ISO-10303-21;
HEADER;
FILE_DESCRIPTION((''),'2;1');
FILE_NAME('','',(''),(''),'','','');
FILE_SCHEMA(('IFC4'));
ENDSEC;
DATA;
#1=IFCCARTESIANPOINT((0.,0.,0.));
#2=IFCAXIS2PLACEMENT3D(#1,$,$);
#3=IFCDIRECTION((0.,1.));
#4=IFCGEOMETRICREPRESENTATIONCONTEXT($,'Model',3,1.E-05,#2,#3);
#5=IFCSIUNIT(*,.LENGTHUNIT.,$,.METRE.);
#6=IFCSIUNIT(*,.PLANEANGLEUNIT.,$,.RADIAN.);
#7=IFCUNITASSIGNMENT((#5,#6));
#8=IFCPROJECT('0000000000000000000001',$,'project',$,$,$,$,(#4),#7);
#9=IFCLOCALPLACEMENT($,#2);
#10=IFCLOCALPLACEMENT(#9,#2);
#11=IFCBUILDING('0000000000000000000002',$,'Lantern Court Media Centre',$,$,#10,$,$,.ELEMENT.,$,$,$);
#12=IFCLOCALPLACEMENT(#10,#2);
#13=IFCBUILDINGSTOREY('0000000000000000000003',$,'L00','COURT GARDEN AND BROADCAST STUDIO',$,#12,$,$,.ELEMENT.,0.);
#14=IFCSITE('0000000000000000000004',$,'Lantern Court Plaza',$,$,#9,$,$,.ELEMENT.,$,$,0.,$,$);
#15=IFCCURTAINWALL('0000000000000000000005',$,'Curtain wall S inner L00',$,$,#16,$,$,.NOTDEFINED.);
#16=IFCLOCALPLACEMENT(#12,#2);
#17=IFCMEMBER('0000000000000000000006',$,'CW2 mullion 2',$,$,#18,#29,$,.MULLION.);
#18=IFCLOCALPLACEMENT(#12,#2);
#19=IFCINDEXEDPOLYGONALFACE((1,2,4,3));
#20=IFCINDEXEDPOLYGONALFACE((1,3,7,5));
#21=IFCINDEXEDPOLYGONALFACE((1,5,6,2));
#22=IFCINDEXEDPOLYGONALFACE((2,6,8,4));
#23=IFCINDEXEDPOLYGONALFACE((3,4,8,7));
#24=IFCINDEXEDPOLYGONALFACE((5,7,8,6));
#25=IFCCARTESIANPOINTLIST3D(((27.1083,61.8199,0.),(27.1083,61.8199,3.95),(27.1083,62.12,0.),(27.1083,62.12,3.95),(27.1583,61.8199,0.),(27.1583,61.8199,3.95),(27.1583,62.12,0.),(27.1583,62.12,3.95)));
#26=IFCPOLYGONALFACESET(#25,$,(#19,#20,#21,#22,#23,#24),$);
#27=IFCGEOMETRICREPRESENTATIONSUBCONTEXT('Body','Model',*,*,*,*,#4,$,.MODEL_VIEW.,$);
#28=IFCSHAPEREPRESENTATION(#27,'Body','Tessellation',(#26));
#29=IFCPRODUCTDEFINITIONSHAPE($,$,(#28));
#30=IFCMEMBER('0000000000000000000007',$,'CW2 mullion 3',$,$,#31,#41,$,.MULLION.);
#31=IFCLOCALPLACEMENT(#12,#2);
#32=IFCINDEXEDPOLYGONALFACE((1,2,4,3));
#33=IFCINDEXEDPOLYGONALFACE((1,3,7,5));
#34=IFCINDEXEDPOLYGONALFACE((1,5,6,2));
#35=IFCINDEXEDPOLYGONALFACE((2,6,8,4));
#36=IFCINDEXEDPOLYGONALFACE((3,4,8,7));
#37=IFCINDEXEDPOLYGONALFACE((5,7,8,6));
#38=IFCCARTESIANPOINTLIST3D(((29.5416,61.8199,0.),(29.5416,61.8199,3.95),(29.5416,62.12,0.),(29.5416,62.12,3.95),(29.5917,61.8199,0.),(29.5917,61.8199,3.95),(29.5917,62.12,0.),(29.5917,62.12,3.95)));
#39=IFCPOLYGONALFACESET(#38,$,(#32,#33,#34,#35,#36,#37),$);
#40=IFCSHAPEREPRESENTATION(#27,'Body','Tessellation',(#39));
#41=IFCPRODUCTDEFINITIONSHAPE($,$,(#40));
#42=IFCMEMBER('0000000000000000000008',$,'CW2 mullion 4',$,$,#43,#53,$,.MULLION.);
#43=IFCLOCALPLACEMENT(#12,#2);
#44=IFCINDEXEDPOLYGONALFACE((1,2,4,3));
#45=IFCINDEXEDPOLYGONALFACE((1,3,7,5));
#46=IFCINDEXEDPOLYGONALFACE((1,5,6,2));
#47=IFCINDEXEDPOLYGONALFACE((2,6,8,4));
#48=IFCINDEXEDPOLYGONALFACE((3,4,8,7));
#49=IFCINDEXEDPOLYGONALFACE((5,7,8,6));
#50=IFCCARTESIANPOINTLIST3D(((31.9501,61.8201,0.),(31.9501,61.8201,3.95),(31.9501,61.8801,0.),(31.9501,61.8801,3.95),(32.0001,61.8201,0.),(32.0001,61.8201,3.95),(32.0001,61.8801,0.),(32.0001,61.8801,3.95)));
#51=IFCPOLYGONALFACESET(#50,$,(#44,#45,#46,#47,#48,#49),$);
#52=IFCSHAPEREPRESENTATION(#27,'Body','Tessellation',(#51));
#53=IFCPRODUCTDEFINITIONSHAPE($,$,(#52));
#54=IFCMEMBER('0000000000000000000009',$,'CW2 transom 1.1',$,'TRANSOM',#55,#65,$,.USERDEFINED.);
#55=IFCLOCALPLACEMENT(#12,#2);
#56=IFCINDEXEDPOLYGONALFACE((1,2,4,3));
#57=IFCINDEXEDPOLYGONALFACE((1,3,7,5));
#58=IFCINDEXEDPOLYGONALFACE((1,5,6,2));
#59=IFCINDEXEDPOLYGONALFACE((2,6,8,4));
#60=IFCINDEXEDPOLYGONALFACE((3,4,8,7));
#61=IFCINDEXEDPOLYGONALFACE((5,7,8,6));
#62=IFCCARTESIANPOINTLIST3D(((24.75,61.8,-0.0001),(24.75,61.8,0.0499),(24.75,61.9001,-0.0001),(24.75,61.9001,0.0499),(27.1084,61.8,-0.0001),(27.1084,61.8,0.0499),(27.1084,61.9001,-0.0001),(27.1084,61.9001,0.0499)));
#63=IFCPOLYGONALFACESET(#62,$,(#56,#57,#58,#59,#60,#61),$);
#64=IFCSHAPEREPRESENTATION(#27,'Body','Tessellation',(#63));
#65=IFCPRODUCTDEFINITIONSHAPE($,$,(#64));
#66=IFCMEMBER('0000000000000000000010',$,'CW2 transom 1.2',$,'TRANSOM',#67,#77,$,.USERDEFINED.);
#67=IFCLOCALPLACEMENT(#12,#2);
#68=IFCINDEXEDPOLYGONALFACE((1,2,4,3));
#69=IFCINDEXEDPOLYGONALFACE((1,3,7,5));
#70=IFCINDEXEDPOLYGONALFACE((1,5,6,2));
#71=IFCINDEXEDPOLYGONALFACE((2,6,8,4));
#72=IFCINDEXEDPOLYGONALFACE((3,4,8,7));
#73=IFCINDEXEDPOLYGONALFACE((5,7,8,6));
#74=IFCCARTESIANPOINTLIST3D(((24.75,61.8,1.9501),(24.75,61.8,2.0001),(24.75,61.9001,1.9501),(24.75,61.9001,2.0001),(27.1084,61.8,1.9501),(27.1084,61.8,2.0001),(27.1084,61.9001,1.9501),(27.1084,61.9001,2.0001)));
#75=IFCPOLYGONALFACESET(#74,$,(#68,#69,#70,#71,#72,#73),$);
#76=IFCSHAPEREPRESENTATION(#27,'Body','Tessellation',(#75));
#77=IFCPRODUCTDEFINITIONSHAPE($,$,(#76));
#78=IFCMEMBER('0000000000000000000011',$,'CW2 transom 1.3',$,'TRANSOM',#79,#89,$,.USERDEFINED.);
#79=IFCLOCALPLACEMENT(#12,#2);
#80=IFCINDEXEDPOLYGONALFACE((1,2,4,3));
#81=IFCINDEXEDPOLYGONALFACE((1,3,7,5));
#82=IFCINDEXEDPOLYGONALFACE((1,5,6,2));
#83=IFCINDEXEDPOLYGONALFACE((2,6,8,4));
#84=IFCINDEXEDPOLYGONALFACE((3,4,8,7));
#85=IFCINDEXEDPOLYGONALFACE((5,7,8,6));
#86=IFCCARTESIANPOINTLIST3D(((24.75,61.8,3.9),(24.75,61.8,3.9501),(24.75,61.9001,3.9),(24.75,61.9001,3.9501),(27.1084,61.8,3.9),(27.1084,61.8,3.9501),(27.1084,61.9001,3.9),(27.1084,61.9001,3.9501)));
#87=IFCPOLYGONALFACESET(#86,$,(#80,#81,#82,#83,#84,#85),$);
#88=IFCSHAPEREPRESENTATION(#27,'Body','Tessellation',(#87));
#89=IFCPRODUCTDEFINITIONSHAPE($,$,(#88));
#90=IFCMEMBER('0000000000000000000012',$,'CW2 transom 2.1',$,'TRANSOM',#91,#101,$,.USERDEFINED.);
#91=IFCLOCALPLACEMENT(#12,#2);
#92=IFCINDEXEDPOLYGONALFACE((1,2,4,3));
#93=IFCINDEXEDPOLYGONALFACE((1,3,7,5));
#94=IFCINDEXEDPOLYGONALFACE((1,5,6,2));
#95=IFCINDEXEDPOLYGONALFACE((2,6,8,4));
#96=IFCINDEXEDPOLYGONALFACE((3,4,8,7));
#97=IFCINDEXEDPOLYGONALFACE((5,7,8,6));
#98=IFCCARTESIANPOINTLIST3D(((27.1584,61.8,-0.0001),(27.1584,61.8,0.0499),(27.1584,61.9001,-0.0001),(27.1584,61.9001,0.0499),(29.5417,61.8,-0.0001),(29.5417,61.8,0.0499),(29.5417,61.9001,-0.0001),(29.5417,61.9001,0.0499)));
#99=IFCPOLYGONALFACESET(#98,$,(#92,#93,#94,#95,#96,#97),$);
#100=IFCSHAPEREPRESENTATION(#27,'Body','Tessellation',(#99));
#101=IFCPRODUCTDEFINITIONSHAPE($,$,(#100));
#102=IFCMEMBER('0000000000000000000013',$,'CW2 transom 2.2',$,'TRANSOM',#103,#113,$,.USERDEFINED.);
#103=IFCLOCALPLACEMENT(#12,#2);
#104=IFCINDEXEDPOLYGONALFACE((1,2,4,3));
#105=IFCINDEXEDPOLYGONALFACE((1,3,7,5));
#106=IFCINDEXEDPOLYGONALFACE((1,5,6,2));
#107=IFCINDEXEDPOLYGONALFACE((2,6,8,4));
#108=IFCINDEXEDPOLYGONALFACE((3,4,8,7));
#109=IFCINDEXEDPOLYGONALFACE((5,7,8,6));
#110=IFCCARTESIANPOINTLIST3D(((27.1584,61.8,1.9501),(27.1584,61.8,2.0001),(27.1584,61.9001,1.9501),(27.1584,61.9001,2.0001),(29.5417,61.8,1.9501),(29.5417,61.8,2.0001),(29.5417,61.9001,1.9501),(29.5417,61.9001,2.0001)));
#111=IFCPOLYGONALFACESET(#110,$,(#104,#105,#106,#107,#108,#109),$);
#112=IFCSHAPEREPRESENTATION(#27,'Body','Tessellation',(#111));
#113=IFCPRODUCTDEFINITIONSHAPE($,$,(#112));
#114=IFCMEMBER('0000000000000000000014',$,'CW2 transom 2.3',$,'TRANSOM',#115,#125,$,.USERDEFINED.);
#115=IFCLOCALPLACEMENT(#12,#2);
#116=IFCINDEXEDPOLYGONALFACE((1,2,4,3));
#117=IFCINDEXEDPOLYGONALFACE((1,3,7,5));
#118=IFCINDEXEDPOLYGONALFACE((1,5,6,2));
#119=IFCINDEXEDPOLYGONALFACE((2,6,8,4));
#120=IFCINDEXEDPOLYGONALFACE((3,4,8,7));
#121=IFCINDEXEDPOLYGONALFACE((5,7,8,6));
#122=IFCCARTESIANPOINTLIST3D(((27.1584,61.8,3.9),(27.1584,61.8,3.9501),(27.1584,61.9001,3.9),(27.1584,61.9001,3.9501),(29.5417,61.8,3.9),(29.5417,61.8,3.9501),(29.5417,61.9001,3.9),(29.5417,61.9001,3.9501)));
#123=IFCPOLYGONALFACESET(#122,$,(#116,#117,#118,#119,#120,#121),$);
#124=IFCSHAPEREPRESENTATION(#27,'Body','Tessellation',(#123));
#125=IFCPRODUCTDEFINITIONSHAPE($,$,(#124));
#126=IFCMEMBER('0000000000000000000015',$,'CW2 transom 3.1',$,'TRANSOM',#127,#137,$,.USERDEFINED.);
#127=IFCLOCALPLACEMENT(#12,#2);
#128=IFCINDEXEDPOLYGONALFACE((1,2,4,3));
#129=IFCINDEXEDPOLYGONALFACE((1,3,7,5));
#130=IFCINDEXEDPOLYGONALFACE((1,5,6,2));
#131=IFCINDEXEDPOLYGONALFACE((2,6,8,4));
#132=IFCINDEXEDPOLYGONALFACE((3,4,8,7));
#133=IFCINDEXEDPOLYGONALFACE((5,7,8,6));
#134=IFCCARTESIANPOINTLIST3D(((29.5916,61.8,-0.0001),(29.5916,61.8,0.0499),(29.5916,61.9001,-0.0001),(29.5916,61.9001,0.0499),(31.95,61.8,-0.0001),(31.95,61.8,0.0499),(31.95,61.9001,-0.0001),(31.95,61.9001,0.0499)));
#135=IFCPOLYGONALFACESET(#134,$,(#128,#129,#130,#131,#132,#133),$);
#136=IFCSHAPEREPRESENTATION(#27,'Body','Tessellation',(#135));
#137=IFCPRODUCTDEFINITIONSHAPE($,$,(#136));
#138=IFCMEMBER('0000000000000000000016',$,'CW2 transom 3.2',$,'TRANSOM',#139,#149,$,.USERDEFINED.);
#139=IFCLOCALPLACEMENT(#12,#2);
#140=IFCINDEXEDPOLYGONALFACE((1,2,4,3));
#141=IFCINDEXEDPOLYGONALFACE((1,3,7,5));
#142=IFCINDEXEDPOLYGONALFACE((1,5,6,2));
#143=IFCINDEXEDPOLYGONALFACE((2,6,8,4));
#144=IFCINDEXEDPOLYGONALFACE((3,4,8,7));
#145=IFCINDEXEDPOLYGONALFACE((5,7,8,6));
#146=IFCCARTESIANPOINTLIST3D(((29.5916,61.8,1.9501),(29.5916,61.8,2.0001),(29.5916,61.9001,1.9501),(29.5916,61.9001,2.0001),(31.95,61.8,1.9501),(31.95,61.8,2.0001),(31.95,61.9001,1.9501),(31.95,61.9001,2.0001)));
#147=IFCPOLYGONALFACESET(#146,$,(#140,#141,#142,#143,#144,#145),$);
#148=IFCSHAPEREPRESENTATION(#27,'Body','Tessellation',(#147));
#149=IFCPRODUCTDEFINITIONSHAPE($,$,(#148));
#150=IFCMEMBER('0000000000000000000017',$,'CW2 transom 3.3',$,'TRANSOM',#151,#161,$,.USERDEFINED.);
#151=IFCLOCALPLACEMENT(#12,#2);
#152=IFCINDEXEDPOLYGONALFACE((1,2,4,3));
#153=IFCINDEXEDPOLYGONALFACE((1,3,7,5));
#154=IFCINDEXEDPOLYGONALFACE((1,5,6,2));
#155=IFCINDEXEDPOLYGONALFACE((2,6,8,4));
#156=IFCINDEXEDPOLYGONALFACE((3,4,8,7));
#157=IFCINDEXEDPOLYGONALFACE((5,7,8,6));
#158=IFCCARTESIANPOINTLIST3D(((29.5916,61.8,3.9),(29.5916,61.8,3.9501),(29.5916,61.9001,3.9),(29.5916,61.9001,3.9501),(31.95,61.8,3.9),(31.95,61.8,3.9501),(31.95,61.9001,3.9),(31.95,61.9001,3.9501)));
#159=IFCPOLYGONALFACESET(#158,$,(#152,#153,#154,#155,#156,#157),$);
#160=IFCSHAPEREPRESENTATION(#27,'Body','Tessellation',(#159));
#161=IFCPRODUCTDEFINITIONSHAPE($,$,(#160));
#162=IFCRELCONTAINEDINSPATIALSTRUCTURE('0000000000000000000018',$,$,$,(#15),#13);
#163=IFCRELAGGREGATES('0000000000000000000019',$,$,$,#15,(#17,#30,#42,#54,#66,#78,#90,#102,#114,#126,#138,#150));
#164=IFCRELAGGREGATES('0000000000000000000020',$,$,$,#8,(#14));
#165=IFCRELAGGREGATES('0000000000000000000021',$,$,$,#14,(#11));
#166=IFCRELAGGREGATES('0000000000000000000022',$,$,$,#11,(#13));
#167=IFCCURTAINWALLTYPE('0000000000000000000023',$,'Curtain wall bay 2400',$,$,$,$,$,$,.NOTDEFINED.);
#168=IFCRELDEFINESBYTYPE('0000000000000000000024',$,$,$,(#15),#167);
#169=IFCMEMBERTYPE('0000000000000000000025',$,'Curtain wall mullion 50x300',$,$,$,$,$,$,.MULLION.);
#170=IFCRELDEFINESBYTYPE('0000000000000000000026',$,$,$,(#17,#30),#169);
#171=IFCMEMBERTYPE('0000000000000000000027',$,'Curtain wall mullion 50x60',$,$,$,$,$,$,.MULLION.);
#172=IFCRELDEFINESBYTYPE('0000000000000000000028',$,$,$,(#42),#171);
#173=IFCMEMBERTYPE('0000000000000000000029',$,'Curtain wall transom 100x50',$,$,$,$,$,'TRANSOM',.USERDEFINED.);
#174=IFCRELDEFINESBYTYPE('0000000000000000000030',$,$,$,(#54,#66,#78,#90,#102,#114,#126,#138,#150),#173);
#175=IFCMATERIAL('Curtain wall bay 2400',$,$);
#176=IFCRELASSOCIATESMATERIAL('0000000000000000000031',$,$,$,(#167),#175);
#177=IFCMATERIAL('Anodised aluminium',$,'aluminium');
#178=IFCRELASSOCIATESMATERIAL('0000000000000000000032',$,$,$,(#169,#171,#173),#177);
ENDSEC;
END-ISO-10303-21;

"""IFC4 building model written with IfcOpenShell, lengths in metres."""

from ifc_helpers import new_model, si_unit, direction, frame, origin, origin_2d, place, context, subcontext, project, spatial, rectangle, extrude, material, material_profile, profile_set, type_object, element, aggregate, save


model = new_model("IFC4")

# Units and contexts
model_context = context("Model", 3, precision=1e-05, world=origin(), true_north=direction((0.0, 1.0)))
body_context = subcontext(model_context, "Body", "Model", "MODEL_VIEW")
ifc_project = project(units=[si_unit("LENGTHUNIT", "METRE"), si_unit("PLANEANGLEUNIT", "RADIAN")], contexts=[model_context])

# Site, building, storey
site_placement = place(None, origin())
site = spatial("IfcSite", under=ifc_project, at=site_placement, Name="Lantern Court Plaza", CompositionType="ELEMENT", RefElevation=0.0)
building_placement = place(site_placement, origin())
building = spatial("IfcBuilding", under=site, at=building_placement, Name="Lantern Court Media Centre", CompositionType="ELEMENT")
storey_placement = place(building_placement, origin())
storey = spatial("IfcBuildingStorey", under=building, at=storey_placement, Name="L00", Description="COURT GARDEN AND BROADCAST STUDIO", CompositionType="ELEMENT", Elevation=0.0)

# Curtain wall, members
ifc_material_1 = material(Name="Curtain wall bay 2400")
curtain_wall_type = type_object("IfcCurtainWallType", Name="Curtain wall bay 2400", PredefinedType="NOTDEFINED", material=ifc_material_1)
curtain_wall_placement = place(storey_placement, origin())
curtain_wall = element("IfcCurtainWall", 1, at=curtain_wall_placement, inside=storey, type_object=curtain_wall_type, Name="Curtain wall S inner L00", PredefinedType="NOTDEFINED")
ifc_material_2 = material(Name="Anodised aluminium", Category="aluminium")
ifc_material_profile_1 = material_profile(ifc_material_2, rectangle(XDim=0.3, YDim=0.05, at=origin_2d()), Name="AL 50x300")
ifc_profile_set_1 = profile_set([ifc_material_profile_1], Name="Anodised aluminium")
member_type_1 = type_object("IfcMemberType", Name="Curtain wall mullion 50x300", PredefinedType="MULLION", material=ifc_profile_set_1)
member_1_placement = place(storey_placement, frame((27.1333, 61.97, 0.0), z_axis=(0.0, 0.0, 1.0), x_axis=(0.0, 1.0, 0.0)))
member_1 = element("IfcMember", 2, at=member_1_placement, type_object=member_type_1, Name="CW2 mullion 2", PredefinedType="MULLION", context=body_context, shape_type="SweptSolid", body=[
    extrude(rectangle(XDim=0.3, YDim=0.05, at=origin_2d()), origin(), (0.0, 0.0, 1.0), 3.95),
])
member_2_placement = place(storey_placement, frame((29.5667, 61.97, 0.0), z_axis=(0.0, 0.0, 1.0), x_axis=(0.0, 1.0, 0.0)))
member_2 = element("IfcMember", 3, at=member_2_placement, type_object=member_type_1, Name="CW2 mullion 3", PredefinedType="MULLION", context=body_context, shape_type="SweptSolid", body=[
    extrude(rectangle(XDim=0.3, YDim=0.05, at=origin_2d()), origin(), (0.0, 0.0, 1.0), 3.95),
])
ifc_material_profile_2 = material_profile(ifc_material_2, rectangle(XDim=0.0601, YDim=0.05, at=origin_2d()), Name="AL 50x60")
ifc_profile_set_2 = profile_set([ifc_material_profile_2], Name="Anodised aluminium")
member_type_2 = type_object("IfcMemberType", Name="Curtain wall mullion 50x60", PredefinedType="MULLION", material=ifc_profile_set_2)
member_3_placement = place(storey_placement, frame((31.9751, 61.8501, 0.0), z_axis=(0.0, 0.0, 1.0), x_axis=(0.0, 1.0, 0.0)))
member_3 = element("IfcMember", 4, at=member_3_placement, type_object=member_type_2, Name="CW2 mullion 4", PredefinedType="MULLION", context=body_context, shape_type="SweptSolid", body=[
    extrude(rectangle(XDim=0.0601, YDim=0.05, at=origin_2d()), origin(), (0.0, 0.0, 1.0), 3.95),
])
ifc_material_profile_3 = material_profile(ifc_material_2, rectangle(XDim=0.1001, YDim=0.05, at=origin_2d()), Name="AL 50x100")
ifc_profile_set_3 = profile_set([ifc_material_profile_3], Name="Anodised aluminium")
member_type_3 = type_object("IfcMemberType", Name="Curtain wall transom 100x50", ElementType="TRANSOM", PredefinedType="USERDEFINED", material=ifc_profile_set_3)
member_4_placement = place(storey_placement, frame((24.75, 61.8501, 0.0249), z_axis=(1.0, 0.0, 0.0), x_axis=(0.0, 1.0, 0.0)))
member_4 = element("IfcMember", 5, at=member_4_placement, type_object=member_type_3, Name="CW2 transom 1.1", ObjectType="TRANSOM", PredefinedType="USERDEFINED", context=body_context, shape_type="SweptSolid", body=[
    extrude(rectangle(XDim=0.1001, YDim=0.05, at=origin_2d()), origin(), (0.0, 0.0, 1.0), 2.3584),
])
member_5_placement = place(storey_placement, frame((24.75, 61.8501, 1.9751), z_axis=(1.0, 0.0, 0.0), x_axis=(0.0, 1.0, 0.0)))
member_5 = element("IfcMember", 6, at=member_5_placement, type_object=member_type_3, Name="CW2 transom 1.2", ObjectType="TRANSOM", PredefinedType="USERDEFINED", context=body_context, shape_type="SweptSolid", body=[
    extrude(rectangle(XDim=0.1001, YDim=0.05, at=origin_2d()), origin(), (0.0, 0.0, 1.0), 2.3584),
])
member_6_placement = place(storey_placement, frame((24.75, 61.8501, 3.925), z_axis=(1.0, 0.0, 0.0), x_axis=(0.0, 1.0, 0.0)))
member_6 = element("IfcMember", 7, at=member_6_placement, type_object=member_type_3, Name="CW2 transom 1.3", ObjectType="TRANSOM", PredefinedType="USERDEFINED", context=body_context, shape_type="SweptSolid", body=[
    extrude(rectangle(XDim=0.1001, YDim=0.05, at=origin_2d()), origin(), (0.0, 0.0, 1.0), 2.3584),
])
member_7_placement = place(storey_placement, frame((27.1584, 61.8501, 0.0249), z_axis=(1.0, 0.0, 0.0), x_axis=(0.0, 1.0, 0.0)))
member_7 = element("IfcMember", 8, at=member_7_placement, type_object=member_type_3, Name="CW2 transom 2.1", ObjectType="TRANSOM", PredefinedType="USERDEFINED", context=body_context, shape_type="SweptSolid", body=[
    extrude(rectangle(XDim=0.1001, YDim=0.05, at=origin_2d()), origin(), (0.0, 0.0, 1.0), 2.3833),
])
member_8_placement = place(storey_placement, frame((27.1584, 61.8501, 1.9751), z_axis=(1.0, 0.0, 0.0), x_axis=(0.0, 1.0, 0.0)))
member_8 = element("IfcMember", 9, at=member_8_placement, type_object=member_type_3, Name="CW2 transom 2.2", ObjectType="TRANSOM", PredefinedType="USERDEFINED", context=body_context, shape_type="SweptSolid", body=[
    extrude(rectangle(XDim=0.1001, YDim=0.05, at=origin_2d()), origin(), (0.0, 0.0, 1.0), 2.3833),
])
member_9_placement = place(storey_placement, frame((27.1584, 61.8501, 3.925), z_axis=(1.0, 0.0, 0.0), x_axis=(0.0, 1.0, 0.0)))
member_9 = element("IfcMember", 10, at=member_9_placement, type_object=member_type_3, Name="CW2 transom 2.3", ObjectType="TRANSOM", PredefinedType="USERDEFINED", context=body_context, shape_type="SweptSolid", body=[
    extrude(rectangle(XDim=0.1001, YDim=0.05, at=origin_2d()), origin(), (0.0, 0.0, 1.0), 2.3833),
])
member_10_placement = place(storey_placement, frame((29.5916, 61.8501, 0.0249), z_axis=(1.0, 0.0, 0.0), x_axis=(0.0, 1.0, 0.0)))
member_10 = element("IfcMember", 11, at=member_10_placement, type_object=member_type_3, Name="CW2 transom 3.1", ObjectType="TRANSOM", PredefinedType="USERDEFINED", context=body_context, shape_type="SweptSolid", body=[
    extrude(rectangle(XDim=0.1001, YDim=0.05, at=origin_2d()), origin(), (0.0, 0.0, 1.0), 2.3584),
])
member_11_placement = place(storey_placement, frame((29.5916, 61.8501, 1.9751), z_axis=(1.0, 0.0, 0.0), x_axis=(0.0, 1.0, 0.0)))
member_11 = element("IfcMember", 12, at=member_11_placement, type_object=member_type_3, Name="CW2 transom 3.2", ObjectType="TRANSOM", PredefinedType="USERDEFINED", context=body_context, shape_type="SweptSolid", body=[
    extrude(rectangle(XDim=0.1001, YDim=0.05, at=origin_2d()), origin(), (0.0, 0.0, 1.0), 2.3584),
])
member_12_placement = place(storey_placement, frame((29.5916, 61.8501, 3.925), z_axis=(1.0, 0.0, 0.0), x_axis=(0.0, 1.0, 0.0)))
member_12 = element("IfcMember", 13, at=member_12_placement, type_object=member_type_3, Name="CW2 transom 3.3", ObjectType="TRANSOM", PredefinedType="USERDEFINED", context=body_context, shape_type="SweptSolid", body=[
    extrude(rectangle(XDim=0.1001, YDim=0.05, at=origin_2d()), origin(), (0.0, 0.0, 1.0), 2.3584),
])

aggregate(curtain_wall, [member_1, member_2, member_3, member_4, member_5, member_6, member_7, member_8, member_9, member_10, member_11, member_12])

save(model, "model.ifc")
